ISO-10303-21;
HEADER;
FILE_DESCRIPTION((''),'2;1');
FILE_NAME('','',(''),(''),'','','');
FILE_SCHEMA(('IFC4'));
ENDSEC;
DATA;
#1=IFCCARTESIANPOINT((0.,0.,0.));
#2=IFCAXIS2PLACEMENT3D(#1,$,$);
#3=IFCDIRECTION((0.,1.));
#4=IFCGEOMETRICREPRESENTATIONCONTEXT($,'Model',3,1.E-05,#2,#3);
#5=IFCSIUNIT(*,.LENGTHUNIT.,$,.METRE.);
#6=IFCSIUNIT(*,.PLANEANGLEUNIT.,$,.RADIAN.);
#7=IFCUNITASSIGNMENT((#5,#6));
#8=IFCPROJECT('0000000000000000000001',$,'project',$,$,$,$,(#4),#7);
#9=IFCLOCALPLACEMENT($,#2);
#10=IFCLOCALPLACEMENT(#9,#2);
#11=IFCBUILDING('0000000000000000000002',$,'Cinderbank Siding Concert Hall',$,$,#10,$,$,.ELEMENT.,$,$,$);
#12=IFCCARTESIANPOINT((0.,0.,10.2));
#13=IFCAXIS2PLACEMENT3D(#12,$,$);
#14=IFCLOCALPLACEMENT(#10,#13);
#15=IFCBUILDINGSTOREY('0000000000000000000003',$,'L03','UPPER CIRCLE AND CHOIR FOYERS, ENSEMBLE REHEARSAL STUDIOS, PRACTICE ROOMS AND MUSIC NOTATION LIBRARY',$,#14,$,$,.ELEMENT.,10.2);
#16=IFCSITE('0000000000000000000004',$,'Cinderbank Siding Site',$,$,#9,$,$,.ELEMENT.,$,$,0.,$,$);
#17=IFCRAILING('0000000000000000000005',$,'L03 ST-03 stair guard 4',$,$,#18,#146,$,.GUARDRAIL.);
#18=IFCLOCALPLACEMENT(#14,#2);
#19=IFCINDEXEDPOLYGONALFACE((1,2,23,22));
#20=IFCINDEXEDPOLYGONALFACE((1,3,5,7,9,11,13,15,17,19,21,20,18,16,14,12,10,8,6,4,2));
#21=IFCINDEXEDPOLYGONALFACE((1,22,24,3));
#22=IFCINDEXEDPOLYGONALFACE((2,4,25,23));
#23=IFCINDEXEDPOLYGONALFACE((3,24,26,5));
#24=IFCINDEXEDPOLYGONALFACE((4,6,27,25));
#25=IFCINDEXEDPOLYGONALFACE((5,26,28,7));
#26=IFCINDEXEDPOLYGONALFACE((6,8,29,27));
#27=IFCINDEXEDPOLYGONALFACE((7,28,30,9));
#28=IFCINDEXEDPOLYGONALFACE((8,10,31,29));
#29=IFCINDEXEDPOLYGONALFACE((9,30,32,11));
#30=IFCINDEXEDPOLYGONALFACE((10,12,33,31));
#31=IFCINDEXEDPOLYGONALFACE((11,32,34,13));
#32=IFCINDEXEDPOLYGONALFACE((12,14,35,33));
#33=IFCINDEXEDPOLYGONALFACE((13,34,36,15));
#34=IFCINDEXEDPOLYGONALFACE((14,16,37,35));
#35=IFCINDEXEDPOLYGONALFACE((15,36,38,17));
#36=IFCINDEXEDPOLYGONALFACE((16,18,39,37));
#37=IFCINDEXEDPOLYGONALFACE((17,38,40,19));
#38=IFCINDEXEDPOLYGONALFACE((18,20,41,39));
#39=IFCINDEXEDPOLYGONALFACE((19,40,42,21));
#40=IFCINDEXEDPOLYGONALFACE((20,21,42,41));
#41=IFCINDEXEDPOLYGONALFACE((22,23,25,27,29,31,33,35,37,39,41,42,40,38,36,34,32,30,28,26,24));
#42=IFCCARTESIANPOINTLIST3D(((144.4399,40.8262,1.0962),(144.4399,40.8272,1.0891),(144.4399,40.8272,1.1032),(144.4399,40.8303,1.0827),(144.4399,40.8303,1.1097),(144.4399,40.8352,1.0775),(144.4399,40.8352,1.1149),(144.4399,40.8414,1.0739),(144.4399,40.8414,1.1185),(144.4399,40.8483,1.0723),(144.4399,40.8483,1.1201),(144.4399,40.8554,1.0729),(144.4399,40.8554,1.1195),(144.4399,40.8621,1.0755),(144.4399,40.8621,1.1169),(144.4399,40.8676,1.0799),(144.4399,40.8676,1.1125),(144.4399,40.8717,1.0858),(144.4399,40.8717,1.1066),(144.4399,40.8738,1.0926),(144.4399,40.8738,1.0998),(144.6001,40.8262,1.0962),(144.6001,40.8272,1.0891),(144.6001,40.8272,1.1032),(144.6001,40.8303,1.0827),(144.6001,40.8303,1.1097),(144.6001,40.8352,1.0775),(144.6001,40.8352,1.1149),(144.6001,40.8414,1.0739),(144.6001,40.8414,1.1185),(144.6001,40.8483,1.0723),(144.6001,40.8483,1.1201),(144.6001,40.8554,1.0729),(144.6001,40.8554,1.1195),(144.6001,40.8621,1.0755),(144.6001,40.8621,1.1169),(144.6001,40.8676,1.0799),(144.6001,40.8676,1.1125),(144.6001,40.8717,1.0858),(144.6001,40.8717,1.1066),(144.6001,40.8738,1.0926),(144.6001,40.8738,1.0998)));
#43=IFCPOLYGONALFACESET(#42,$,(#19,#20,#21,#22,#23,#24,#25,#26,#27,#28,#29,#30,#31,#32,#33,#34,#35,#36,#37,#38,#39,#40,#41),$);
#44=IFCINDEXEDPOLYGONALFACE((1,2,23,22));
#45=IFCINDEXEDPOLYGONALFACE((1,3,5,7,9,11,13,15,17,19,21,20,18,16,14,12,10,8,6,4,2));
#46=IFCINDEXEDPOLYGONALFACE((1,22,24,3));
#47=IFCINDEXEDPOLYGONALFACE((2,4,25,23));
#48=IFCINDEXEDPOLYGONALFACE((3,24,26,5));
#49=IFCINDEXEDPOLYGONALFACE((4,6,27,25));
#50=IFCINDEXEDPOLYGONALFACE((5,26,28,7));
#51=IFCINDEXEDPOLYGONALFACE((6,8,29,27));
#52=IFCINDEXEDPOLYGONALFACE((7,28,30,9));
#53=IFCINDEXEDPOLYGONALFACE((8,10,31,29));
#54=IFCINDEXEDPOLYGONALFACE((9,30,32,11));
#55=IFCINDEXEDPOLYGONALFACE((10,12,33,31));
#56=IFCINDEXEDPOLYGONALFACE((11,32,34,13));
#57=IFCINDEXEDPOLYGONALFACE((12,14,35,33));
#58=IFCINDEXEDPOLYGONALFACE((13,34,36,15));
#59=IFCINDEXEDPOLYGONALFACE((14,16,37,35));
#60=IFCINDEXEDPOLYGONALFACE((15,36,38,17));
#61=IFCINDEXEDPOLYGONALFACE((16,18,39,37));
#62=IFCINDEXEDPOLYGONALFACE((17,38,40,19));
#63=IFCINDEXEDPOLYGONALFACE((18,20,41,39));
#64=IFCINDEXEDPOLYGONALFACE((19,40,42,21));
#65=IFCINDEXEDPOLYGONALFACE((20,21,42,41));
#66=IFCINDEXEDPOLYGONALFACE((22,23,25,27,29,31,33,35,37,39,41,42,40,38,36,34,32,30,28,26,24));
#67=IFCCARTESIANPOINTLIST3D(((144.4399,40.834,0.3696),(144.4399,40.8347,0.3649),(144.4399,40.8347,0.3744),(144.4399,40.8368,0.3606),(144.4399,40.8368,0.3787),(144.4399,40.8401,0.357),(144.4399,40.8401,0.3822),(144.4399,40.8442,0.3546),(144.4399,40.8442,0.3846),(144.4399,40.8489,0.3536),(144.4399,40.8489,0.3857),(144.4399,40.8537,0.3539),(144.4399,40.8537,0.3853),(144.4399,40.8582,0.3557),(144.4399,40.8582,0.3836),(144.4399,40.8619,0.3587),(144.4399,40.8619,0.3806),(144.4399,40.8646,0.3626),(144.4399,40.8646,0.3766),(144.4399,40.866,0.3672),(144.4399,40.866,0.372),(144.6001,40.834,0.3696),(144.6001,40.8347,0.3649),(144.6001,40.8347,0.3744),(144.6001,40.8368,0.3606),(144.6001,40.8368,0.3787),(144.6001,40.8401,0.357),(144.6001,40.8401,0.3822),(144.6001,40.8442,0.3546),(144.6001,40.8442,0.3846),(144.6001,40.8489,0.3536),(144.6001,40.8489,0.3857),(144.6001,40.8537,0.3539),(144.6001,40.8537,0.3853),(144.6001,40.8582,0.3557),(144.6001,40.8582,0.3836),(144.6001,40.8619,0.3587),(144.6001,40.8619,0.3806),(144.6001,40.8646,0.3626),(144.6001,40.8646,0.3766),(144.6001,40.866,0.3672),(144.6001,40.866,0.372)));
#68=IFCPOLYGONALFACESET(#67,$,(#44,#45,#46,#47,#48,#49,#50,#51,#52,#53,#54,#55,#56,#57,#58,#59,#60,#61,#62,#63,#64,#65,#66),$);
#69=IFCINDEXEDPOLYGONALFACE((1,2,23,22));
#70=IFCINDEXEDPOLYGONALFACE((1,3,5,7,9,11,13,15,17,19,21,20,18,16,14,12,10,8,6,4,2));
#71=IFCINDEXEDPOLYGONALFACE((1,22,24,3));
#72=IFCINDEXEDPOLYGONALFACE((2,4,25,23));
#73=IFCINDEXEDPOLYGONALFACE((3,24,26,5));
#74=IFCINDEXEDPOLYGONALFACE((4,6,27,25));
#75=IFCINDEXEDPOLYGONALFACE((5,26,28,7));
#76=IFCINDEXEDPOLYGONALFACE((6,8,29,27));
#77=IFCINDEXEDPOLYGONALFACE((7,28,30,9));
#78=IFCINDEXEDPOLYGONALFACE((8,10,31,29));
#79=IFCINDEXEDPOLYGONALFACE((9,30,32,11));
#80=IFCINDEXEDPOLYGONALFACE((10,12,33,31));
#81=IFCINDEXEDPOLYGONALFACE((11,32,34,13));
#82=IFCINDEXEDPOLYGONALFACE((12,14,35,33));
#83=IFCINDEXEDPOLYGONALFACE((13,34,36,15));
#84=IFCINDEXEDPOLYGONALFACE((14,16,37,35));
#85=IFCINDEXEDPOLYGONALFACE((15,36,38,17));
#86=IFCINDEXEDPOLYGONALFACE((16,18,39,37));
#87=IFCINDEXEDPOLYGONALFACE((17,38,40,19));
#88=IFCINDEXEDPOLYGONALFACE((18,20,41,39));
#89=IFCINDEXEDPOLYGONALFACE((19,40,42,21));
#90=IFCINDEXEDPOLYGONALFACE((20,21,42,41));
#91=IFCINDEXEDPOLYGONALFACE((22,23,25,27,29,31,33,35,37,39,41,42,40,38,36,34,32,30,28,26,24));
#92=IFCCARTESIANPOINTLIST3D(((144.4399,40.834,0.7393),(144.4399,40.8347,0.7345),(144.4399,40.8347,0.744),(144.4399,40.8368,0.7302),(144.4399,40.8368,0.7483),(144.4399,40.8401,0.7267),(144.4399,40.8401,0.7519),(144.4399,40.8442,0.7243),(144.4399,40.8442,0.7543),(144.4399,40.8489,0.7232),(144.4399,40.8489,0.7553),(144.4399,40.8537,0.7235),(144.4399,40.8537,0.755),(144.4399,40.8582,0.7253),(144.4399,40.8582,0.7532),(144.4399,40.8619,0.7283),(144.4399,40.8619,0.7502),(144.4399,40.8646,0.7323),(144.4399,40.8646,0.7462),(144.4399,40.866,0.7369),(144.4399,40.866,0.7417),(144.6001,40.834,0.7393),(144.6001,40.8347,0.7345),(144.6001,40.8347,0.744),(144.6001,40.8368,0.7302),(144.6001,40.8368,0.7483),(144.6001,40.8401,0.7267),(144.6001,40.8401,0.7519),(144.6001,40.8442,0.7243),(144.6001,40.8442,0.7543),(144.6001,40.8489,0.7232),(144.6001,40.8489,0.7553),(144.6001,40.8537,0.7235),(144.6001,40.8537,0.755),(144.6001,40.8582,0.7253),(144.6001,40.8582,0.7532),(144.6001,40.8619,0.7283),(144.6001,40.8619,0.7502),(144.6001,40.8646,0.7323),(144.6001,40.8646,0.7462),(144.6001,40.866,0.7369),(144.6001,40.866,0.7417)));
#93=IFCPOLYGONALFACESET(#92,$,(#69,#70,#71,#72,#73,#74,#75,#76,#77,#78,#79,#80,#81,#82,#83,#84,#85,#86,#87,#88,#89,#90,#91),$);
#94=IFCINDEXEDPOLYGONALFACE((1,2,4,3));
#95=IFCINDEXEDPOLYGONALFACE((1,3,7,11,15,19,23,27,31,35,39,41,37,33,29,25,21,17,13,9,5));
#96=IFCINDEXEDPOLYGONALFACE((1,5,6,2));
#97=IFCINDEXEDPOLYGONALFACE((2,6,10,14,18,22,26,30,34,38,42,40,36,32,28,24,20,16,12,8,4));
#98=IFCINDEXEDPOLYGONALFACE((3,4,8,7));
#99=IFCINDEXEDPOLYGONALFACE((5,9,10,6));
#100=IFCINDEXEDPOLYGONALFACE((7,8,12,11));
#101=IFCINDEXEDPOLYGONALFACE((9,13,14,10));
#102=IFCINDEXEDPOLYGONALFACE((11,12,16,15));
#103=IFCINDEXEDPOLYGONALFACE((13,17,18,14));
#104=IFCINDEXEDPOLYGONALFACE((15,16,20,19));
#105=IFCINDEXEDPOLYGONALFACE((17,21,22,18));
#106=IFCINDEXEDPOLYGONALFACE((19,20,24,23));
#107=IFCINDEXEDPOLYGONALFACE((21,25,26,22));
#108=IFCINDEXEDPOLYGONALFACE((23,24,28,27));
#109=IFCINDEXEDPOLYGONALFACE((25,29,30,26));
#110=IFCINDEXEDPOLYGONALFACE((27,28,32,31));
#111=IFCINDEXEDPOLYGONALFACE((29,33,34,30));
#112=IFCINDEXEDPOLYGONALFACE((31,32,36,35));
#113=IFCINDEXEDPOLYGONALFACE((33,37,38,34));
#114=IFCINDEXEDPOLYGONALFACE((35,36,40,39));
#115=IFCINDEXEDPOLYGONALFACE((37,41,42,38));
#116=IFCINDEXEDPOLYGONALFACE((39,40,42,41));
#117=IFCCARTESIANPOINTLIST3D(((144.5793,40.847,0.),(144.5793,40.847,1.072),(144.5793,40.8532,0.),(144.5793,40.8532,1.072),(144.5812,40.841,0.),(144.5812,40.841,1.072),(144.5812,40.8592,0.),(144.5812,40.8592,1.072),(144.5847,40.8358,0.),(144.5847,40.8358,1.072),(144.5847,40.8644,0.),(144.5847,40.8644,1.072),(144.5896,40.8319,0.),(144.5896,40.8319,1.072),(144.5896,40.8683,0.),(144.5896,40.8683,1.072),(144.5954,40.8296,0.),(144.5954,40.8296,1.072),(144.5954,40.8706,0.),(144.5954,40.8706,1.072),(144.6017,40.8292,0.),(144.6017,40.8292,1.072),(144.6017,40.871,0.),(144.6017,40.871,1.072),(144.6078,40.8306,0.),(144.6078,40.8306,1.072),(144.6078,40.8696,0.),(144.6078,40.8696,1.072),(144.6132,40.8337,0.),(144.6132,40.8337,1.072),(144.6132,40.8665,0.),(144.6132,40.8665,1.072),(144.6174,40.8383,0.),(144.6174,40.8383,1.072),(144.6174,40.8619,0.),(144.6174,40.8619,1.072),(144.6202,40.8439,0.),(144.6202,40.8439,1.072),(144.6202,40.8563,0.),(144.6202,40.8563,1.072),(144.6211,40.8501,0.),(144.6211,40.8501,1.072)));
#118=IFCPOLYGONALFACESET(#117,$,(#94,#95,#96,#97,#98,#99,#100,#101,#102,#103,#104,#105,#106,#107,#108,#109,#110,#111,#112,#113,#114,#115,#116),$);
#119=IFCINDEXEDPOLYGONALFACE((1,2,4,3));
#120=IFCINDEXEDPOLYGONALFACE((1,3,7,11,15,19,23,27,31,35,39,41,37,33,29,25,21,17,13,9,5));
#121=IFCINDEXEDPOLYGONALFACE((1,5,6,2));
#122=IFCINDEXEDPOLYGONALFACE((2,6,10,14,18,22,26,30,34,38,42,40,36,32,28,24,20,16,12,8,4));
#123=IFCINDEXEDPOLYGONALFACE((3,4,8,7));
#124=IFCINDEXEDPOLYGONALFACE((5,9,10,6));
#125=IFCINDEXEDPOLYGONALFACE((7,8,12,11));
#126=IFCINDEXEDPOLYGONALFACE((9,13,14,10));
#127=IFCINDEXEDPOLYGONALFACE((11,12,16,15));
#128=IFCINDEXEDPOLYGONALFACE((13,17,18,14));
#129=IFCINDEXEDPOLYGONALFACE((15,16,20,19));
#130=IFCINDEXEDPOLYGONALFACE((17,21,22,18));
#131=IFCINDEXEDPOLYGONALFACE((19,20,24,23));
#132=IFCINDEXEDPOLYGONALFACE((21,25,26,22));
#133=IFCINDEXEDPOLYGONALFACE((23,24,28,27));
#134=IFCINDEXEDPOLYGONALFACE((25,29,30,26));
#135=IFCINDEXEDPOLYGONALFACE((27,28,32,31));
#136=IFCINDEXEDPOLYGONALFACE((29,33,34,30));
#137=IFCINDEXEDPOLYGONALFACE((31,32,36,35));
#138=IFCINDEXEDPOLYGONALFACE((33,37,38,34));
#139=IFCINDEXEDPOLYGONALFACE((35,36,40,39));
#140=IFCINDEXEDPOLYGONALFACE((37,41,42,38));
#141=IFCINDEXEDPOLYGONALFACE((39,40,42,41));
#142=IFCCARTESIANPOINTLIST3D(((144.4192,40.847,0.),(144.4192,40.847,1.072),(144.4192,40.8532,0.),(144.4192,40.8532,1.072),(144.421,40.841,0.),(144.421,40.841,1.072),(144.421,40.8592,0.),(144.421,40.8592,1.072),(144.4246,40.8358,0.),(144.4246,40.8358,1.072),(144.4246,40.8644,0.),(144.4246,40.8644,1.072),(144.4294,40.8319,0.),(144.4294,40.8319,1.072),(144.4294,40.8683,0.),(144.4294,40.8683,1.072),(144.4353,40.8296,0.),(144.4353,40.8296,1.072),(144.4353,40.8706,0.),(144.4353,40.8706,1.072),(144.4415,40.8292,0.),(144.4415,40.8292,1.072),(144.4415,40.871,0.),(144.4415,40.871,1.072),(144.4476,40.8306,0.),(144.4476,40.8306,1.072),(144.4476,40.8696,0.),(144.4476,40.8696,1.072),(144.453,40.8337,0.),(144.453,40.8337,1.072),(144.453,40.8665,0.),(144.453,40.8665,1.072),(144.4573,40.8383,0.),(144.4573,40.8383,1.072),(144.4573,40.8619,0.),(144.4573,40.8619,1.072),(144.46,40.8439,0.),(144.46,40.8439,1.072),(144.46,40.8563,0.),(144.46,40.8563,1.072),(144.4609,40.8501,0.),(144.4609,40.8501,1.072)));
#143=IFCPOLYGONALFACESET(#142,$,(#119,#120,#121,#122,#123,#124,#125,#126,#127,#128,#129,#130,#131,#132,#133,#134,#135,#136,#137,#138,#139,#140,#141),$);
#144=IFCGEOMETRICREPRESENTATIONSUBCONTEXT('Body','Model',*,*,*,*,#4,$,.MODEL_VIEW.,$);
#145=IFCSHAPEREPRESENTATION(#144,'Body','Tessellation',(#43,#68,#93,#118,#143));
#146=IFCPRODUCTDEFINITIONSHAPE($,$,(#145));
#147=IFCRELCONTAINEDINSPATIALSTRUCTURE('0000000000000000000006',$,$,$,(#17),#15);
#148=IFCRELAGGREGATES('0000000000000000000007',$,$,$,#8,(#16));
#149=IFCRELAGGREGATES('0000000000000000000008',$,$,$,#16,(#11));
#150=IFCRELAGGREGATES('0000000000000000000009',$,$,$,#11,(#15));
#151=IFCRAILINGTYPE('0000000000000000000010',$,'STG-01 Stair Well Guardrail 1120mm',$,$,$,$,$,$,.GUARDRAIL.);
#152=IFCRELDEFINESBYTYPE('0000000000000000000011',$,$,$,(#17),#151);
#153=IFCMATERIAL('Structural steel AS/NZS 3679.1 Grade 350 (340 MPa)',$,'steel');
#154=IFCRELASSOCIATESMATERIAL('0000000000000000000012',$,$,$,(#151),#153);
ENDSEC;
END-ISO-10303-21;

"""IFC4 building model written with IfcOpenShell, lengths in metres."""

from ifc_helpers import new_model, si_unit, direction, frame, origin, origin_2d, place, context, subcontext, project, spatial, circle, extrude, material, type_object, element, save


model = new_model("IFC4")

# Units and contexts
model_context = context("Model", 3, precision=1e-05, world=origin(), true_north=direction((0.0, 1.0)))
body_context = subcontext(model_context, "Body", "Model", "MODEL_VIEW")
ifc_project = project(units=[si_unit("LENGTHUNIT", "METRE"), si_unit("PLANEANGLEUNIT", "RADIAN")], contexts=[model_context])

# Site, building, storey
site_placement = place(None, origin())
site = spatial("IfcSite", under=ifc_project, at=site_placement, Name="Cinderbank Siding Site", CompositionType="ELEMENT", RefElevation=0.0)
building_placement = place(site_placement, origin())
building = spatial("IfcBuilding", under=site, at=building_placement, Name="Cinderbank Siding Concert Hall", CompositionType="ELEMENT")
storey_placement = place(building_placement, frame((0.0, 0.0, 10.2)))
storey = spatial("IfcBuildingStorey", under=building, at=storey_placement, Name="L03", Description="UPPER CIRCLE AND CHOIR FOYERS, ENSEMBLE REHEARSAL STUDIOS, PRACTICE ROOMS AND MUSIC NOTATION LIBRARY", CompositionType="ELEMENT", Elevation=10.2)

# Shared definitions
ifc_material_1 = material(Name="Structural steel AS/NZS 3679.1 Grade 350 (340 MPa)", Category="steel")

# Railing
railing_type_1 = type_object("IfcRailingType", Name="STG-01 Stair Well Guardrail 1120mm", PredefinedType="GUARDRAIL", material=ifc_material_1)
railing_1_placement = place(storey_placement, frame((144.6001, 40.8501, 0.0)))
element("IfcRailing", 1, at=railing_1_placement, inside=storey, type_object=railing_type_1, Name="L03 ST-03 stair guard 4", PredefinedType="GUARDRAIL", context=body_context, shape_type="SweptSolid", body=[
    extrude(circle(Radius=0.0239, at=origin_2d()), frame((0.0, 0.0, 1.0962), z_axis=(-1.0, 0.0, 0.0), x_axis=(0.0, -1.0, 0.0)), (0.0, 0.0, 1.0), 0.1602),
    extrude(circle(Radius=0.0161, at=origin_2d()), frame((0.0, 0.0, 0.3696), z_axis=(-1.0, 0.0, 0.0), x_axis=(0.0, -1.0, 0.0)), (0.0, 0.0, 1.0), 0.1602),
    extrude(circle(Radius=0.0161, at=origin_2d()), frame((0.0, 0.0, 0.7393), z_axis=(-1.0, 0.0, 0.0), x_axis=(0.0, -1.0, 0.0)), (0.0, 0.0, 1.0), 0.1602),
    extrude(circle(Radius=0.021, at=origin_2d()), origin(), (0.0, 0.0, 1.0), 1.072),
    extrude(circle(Radius=0.021, at=origin_2d()), frame((-0.1602, 0.0, 0.0)), (0.0, 0.0, 1.0), 1.072),
])

save(model, "model.ifc")
